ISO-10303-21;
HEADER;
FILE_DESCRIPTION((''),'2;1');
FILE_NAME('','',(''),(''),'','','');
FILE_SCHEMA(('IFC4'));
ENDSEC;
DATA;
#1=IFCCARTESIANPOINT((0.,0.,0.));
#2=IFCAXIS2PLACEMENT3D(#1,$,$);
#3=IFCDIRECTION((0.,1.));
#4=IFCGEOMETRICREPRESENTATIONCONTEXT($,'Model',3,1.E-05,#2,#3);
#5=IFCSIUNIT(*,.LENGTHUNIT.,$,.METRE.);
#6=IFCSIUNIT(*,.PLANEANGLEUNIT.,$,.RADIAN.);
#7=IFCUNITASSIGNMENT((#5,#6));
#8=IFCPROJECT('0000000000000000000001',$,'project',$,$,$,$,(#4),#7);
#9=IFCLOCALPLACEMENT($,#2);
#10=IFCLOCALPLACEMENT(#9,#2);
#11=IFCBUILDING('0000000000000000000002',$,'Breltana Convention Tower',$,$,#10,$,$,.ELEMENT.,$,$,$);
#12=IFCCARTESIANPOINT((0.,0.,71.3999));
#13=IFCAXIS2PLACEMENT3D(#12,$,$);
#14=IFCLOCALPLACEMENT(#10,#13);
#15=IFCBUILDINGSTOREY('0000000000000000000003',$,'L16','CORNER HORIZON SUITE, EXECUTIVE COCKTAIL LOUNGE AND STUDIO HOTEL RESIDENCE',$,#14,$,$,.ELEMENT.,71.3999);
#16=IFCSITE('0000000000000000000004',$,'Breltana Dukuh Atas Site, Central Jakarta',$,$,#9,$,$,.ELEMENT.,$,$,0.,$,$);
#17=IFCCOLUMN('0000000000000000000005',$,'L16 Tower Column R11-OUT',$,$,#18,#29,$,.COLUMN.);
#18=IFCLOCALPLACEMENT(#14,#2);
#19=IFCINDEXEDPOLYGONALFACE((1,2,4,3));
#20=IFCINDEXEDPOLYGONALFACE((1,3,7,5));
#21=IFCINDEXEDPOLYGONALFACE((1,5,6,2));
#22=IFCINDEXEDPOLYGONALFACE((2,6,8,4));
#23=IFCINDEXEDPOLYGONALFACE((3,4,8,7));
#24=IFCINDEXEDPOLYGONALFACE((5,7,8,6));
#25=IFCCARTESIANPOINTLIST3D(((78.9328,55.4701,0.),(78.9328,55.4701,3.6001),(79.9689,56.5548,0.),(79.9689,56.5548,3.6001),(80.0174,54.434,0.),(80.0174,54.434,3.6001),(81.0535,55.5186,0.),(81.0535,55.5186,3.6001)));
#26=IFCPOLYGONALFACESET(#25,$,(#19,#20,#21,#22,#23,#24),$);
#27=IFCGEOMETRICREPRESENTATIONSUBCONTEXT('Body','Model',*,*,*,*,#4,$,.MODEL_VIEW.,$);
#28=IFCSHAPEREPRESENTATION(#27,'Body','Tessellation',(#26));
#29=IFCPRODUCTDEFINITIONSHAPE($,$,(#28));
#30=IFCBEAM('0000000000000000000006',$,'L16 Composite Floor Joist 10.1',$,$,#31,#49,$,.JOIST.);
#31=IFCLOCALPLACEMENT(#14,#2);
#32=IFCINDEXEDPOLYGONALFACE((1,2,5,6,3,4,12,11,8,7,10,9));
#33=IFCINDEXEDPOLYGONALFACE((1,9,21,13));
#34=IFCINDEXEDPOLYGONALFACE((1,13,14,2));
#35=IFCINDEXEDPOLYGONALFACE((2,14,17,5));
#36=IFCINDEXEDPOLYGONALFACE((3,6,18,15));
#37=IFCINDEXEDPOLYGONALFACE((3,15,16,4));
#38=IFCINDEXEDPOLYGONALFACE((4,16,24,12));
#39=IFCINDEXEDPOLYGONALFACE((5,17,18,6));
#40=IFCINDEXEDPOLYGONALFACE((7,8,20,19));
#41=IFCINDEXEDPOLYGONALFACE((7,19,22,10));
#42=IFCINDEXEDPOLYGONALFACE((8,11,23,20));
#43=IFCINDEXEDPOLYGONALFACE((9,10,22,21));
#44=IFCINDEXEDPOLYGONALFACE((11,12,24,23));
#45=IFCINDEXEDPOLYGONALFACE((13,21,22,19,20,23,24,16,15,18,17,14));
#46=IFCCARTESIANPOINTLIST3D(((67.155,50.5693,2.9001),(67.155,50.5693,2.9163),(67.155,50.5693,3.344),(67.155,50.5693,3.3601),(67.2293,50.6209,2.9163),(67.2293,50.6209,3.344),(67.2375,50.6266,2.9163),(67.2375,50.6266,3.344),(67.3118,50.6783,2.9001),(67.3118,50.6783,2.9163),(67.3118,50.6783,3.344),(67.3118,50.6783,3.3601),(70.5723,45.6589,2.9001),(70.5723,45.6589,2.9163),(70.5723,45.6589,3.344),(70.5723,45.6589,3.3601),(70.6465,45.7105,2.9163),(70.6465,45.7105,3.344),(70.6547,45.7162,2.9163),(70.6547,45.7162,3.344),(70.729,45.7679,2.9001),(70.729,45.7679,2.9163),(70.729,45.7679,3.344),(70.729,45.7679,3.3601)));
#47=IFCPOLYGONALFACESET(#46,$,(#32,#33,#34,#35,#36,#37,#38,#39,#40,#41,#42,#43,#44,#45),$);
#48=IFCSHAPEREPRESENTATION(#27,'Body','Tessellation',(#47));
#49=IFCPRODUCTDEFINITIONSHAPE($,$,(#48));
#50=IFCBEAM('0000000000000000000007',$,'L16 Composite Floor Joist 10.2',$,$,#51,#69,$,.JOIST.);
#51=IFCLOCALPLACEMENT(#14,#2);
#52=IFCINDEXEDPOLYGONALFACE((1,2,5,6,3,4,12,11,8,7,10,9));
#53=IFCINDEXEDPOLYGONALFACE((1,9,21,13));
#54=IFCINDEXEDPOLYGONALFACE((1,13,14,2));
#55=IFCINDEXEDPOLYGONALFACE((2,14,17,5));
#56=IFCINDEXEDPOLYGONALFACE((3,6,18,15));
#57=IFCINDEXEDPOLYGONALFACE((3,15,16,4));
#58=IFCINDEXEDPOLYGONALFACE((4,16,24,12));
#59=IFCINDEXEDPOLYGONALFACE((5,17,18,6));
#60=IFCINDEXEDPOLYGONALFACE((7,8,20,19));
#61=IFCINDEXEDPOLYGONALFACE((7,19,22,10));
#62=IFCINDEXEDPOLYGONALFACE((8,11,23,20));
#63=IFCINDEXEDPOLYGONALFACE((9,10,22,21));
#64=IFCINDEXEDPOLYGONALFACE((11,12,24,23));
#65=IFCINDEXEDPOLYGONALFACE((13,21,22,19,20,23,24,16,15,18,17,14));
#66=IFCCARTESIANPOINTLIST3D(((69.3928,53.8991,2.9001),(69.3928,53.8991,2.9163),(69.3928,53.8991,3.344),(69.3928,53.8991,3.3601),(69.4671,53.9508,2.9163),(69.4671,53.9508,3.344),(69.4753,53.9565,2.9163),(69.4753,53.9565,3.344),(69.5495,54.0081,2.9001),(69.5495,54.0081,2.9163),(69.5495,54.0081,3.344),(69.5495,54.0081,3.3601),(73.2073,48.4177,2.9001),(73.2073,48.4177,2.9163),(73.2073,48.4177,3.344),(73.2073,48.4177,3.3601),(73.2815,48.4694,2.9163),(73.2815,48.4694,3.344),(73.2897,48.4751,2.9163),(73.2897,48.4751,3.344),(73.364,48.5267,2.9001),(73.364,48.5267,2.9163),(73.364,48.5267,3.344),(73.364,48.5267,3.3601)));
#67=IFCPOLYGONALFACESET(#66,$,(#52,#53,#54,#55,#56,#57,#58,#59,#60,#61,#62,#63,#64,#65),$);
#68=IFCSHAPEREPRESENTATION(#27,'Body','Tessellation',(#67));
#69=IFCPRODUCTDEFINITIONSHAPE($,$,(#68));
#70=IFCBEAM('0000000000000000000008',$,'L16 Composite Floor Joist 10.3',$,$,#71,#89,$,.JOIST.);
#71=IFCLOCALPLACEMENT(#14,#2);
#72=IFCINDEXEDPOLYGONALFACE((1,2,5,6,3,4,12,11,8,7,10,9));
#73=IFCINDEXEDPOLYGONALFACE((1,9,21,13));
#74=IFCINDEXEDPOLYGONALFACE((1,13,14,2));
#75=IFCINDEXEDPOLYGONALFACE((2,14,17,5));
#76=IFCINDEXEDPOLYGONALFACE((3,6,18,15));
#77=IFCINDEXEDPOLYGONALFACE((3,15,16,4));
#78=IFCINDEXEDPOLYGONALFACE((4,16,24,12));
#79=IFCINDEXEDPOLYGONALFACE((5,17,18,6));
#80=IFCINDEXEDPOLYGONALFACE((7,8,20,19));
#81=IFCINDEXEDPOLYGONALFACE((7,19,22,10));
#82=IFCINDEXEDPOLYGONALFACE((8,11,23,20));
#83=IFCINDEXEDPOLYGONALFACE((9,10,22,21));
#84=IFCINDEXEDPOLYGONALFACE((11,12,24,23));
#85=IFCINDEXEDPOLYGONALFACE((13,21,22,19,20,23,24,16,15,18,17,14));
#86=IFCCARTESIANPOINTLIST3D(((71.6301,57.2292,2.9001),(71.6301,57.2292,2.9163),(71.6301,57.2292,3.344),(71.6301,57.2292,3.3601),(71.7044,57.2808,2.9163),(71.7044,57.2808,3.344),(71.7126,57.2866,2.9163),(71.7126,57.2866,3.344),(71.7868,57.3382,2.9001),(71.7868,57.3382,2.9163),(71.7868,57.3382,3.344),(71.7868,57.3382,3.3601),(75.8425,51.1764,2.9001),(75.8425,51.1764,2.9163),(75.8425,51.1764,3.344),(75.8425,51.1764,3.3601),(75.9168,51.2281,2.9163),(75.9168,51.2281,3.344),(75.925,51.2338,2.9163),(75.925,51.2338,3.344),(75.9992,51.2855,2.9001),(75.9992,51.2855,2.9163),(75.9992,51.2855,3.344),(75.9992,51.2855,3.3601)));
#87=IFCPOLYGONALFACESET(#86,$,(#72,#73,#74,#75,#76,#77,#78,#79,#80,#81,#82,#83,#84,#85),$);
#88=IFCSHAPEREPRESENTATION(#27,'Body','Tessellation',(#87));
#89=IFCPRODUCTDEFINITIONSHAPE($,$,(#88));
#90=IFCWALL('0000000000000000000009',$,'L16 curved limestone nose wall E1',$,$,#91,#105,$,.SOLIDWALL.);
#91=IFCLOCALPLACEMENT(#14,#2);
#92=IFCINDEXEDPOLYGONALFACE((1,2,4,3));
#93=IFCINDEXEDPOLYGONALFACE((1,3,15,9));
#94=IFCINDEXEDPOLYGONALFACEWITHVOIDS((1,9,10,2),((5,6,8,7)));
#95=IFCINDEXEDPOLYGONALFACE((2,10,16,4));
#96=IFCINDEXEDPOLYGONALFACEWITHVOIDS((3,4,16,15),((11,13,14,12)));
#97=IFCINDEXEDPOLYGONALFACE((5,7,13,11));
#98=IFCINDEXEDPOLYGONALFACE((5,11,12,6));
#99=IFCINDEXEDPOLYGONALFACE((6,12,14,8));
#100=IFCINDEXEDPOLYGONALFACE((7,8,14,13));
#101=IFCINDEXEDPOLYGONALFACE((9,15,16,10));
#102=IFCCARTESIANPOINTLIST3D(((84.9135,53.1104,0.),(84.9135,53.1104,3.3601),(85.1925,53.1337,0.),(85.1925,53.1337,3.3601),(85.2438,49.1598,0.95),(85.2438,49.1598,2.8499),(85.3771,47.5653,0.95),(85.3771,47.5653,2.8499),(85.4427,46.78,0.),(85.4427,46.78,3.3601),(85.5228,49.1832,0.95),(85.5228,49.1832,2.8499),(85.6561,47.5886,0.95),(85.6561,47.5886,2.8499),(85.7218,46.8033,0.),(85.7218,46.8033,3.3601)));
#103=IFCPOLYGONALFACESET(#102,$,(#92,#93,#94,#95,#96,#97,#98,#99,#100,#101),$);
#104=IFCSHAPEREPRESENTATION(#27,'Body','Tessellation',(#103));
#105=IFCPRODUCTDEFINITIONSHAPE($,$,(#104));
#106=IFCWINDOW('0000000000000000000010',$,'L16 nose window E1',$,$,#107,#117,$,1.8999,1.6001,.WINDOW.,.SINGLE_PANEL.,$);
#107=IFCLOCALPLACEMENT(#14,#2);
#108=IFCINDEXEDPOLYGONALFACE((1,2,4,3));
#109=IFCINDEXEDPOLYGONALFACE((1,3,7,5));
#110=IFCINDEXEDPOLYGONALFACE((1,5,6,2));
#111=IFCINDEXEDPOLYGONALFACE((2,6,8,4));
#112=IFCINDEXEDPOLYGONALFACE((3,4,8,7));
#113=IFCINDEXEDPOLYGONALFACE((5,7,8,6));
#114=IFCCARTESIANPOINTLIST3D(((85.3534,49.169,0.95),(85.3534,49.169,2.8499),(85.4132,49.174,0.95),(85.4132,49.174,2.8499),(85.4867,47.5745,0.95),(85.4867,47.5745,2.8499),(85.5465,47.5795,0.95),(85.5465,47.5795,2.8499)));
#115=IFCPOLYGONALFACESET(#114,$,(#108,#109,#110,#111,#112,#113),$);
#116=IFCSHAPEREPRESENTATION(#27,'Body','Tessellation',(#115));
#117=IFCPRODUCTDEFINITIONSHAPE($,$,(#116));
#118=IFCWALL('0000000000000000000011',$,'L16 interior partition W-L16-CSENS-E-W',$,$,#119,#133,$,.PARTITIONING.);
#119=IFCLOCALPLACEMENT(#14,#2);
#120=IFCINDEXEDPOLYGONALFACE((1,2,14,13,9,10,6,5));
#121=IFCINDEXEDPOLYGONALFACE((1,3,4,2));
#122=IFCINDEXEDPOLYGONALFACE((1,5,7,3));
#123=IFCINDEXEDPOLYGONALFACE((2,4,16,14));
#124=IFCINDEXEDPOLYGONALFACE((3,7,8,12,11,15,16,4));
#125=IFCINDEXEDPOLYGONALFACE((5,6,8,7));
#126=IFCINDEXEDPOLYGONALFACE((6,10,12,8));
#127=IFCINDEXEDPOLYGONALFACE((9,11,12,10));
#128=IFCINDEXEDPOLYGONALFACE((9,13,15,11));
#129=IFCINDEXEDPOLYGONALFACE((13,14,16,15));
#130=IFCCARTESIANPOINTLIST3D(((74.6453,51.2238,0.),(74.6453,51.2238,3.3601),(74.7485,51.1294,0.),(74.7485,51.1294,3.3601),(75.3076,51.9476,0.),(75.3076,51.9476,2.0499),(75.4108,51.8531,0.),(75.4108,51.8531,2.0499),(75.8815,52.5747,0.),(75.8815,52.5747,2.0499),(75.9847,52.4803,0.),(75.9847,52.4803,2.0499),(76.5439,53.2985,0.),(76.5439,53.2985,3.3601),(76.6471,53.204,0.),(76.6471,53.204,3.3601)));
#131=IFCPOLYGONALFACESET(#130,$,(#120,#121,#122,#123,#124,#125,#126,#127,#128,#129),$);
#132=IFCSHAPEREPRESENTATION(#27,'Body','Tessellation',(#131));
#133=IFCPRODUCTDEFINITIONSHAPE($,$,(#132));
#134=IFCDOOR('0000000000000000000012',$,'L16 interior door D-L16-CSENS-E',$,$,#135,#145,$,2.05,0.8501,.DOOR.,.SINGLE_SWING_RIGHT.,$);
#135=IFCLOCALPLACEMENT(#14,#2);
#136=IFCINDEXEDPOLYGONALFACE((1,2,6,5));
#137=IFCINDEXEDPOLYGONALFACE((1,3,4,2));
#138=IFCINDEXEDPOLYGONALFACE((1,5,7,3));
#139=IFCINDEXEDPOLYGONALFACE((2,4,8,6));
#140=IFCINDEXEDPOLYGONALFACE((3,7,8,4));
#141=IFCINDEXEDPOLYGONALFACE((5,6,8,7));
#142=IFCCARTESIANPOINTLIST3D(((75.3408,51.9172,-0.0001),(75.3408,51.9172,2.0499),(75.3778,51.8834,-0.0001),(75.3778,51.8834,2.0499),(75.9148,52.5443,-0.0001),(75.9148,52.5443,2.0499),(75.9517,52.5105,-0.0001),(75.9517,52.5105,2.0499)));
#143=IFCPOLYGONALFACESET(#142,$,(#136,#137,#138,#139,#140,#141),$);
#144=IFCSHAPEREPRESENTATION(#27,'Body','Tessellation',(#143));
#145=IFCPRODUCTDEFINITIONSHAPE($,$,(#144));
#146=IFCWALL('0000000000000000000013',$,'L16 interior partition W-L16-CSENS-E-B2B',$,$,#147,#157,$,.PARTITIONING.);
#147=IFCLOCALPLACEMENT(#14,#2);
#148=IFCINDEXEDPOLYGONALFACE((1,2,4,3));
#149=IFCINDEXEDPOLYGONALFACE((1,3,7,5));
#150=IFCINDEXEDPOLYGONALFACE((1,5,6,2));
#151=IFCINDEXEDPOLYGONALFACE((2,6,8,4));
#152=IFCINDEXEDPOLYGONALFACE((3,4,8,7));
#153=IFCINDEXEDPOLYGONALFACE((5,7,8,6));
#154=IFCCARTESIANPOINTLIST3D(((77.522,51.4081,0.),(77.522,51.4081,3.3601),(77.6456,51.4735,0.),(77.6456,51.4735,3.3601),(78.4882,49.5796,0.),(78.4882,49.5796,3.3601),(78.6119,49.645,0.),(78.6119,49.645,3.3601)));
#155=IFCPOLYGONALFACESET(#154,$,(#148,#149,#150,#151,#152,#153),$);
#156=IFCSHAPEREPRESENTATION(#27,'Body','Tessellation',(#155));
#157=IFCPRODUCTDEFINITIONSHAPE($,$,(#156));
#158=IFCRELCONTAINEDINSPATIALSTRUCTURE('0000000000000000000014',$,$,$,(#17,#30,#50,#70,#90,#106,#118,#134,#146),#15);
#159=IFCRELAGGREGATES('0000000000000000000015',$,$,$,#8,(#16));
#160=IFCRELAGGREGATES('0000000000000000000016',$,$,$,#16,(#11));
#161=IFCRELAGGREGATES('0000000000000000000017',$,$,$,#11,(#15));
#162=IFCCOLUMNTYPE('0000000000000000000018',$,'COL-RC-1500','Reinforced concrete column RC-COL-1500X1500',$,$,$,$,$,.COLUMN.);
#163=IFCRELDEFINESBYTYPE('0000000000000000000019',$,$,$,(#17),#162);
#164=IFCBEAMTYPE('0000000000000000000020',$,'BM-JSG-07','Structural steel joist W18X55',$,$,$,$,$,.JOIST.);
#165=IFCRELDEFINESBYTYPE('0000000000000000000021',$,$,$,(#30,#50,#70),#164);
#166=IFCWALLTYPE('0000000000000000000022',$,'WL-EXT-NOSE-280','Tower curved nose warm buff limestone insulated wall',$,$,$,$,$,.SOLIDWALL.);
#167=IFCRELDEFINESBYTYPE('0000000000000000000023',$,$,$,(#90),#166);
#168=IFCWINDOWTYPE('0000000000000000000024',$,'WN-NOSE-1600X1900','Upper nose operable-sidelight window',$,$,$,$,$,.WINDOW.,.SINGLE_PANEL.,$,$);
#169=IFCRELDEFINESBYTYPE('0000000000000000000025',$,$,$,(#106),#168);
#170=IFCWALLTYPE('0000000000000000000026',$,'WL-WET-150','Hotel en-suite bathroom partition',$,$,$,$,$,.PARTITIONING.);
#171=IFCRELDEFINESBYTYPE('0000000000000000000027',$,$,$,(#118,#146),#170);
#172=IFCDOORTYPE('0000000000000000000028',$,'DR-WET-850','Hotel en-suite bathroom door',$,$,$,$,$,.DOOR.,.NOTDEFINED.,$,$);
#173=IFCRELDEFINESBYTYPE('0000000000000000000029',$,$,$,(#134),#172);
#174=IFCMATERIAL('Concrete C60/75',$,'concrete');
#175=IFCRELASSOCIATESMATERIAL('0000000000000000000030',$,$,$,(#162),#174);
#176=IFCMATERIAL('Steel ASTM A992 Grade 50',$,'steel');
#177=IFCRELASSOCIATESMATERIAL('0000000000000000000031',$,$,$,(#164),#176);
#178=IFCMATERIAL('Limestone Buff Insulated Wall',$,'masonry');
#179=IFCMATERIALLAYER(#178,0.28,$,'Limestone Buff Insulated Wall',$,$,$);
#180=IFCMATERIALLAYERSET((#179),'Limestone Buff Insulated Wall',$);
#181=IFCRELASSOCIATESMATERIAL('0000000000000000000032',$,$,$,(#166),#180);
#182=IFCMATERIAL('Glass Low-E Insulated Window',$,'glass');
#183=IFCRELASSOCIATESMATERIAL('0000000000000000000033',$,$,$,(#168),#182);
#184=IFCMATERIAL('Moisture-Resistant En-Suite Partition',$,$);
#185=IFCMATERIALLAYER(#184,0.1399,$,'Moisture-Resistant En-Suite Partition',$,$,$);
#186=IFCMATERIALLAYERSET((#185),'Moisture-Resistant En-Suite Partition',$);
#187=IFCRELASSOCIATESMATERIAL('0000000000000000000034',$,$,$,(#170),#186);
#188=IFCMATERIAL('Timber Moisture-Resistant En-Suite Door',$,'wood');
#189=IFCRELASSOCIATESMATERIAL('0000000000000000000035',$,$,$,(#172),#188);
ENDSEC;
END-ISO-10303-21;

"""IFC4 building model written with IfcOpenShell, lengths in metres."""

from ifc_helpers import new_model, si_unit, direction, frame, frame_2d, origin, origin_2d, place, context, subcontext, project, spatial, rectangle, i_section, extrude, source, transform, mapped, material, layer, layer_set, material_profile, profile_set, type_object, type_shapes, element, fill, save


model = new_model("IFC4")

# Units and contexts
model_context = context("Model", 3, precision=1e-05, world=origin(), true_north=direction((0.0, 1.0)))
body_context = subcontext(model_context, "Body", "Model", "MODEL_VIEW")
ifc_project = project(units=[si_unit("LENGTHUNIT", "METRE"), si_unit("PLANEANGLEUNIT", "RADIAN")], contexts=[model_context])

# Site, building, storey
site_placement = place(None, origin())
site = spatial("IfcSite", under=ifc_project, at=site_placement, Name="Breltana Dukuh Atas Site, Central Jakarta", CompositionType="ELEMENT", RefElevation=0.0)
building_placement = place(site_placement, origin())
building = spatial("IfcBuilding", under=site, at=building_placement, Name="Breltana Convention Tower", CompositionType="ELEMENT")
storey_placement = place(building_placement, frame((0.0, 0.0, 71.3999)))
storey = spatial("IfcBuildingStorey", under=building, at=storey_placement, Name="L16", Description="CORNER HORIZON SUITE, EXECUTIVE COCKTAIL LOUNGE AND STUDIO HOTEL RESIDENCE", CompositionType="ELEMENT", Elevation=71.3999)

# Column
ifc_material_1 = material(Name="Concrete C60/75", Category="concrete")
ifc_material_profile_1 = material_profile(ifc_material_1, rectangle(XDim=1.5, YDim=1.5, at=origin_2d()), Name="RC-COL-1500X1500")
ifc_profile_set_1 = profile_set([ifc_material_profile_1], Name="Concrete C60/75")
column_type = type_object("IfcColumnType", Name="COL-RC-1500", Description="Reinforced concrete column RC-COL-1500X1500", PredefinedType="COLUMN", material=ifc_profile_set_1)
shared_shape_1 = source(origin(), body_context, "Body", "SweptSolid", [
    extrude(rectangle(XDim=1.5, YDim=1.5, at=origin_2d()), origin(), (0.0, 0.0, 1.0), 3.6001),
])
column_placement = place(storey_placement, frame((79.9932, 55.4944, 0.0), z_axis=(0.0, 0.0, 1.0), x_axis=(0.690756, 0.723088, 0.0)))
element("IfcColumn", 1, at=column_placement, inside=storey, type_object=column_type, Name="L16 Tower Column R11-OUT", PredefinedType="COLUMN", context=body_context, shape_type="MappedRepresentation", body=[
    mapped(shared_shape_1, transform((0.0, 0.0, 0.0), scale=1.0)),
])

# Beams
ifc_material_2 = material(Name="Steel ASTM A992 Grade 50", Category="steel")
ifc_material_profile_2 = material_profile(ifc_material_2, i_section(OverallWidth=0.1909, OverallDepth=0.46, WebThickness=0.01, FlangeThickness=0.0161, at=origin_2d()), Name="W18X55")
ifc_profile_set_2 = profile_set([ifc_material_profile_2], Name="Steel ASTM A992 Grade 50")
beam_type = type_object("IfcBeamType", Name="BM-JSG-07", Description="Structural steel joist W18X55", PredefinedType="JOIST", material=ifc_profile_set_2)
shared_shape_2 = source(origin(), body_context, "Body", "SweptSolid", [
    extrude(i_section(OverallWidth=0.1909, OverallDepth=0.46, WebThickness=0.01, FlangeThickness=0.0161, at=origin_2d()), origin(), (0.0, 0.0, 1.0), 5.9824),
])
beam_1_placement = place(storey_placement, frame((67.2334, 50.6238, 3.1301), z_axis=(0.571212, -0.820803, 0.0), x_axis=(0.820803, 0.571212, 0.0)))
element("IfcBeam", 2, at=beam_1_placement, inside=storey, type_object=beam_type, Name="L16 Composite Floor Joist 10.1", PredefinedType="JOIST", context=body_context, shape_type="MappedRepresentation", body=[
    mapped(shared_shape_2, transform((0.0, 0.0, 0.0), scale=1.0)),
])
shared_shape_3 = source(origin(), body_context, "Body", "SweptSolid", [
    extrude(i_section(OverallWidth=0.1909, OverallDepth=0.46, WebThickness=0.01, FlangeThickness=0.0161, at=origin_2d()), origin(), (0.0, 0.0, 1.0), 6.678),
])
beam_2_placement = place(storey_placement, frame((69.4712, 53.9536, 3.1301), z_axis=(0.571193, -0.820816, 0.0), x_axis=(0.820816, 0.571193, 0.0)))
element("IfcBeam", 3, at=beam_2_placement, inside=storey, type_object=beam_type, Name="L16 Composite Floor Joist 10.2", PredefinedType="JOIST", context=body_context, shape_type="MappedRepresentation", body=[
    mapped(shared_shape_3, transform((0.0, 0.0, 0.0), scale=1.0)),
])
shared_shape_4 = source(origin(), body_context, "Body", "SweptSolid", [
    extrude(i_section(OverallWidth=0.1909, OverallDepth=0.46, WebThickness=0.01, FlangeThickness=0.0161, at=origin_2d()), origin(), (0.0, 0.0, 1.0), 7.3743),
])
beam_3_placement = place(storey_placement, frame((71.7085, 57.2837, 3.1301), z_axis=(0.571229, -0.82079, 0.0), x_axis=(0.82079, 0.571229, 0.0)))
element("IfcBeam", 4, at=beam_3_placement, inside=storey, type_object=beam_type, Name="L16 Composite Floor Joist 10.3", PredefinedType="JOIST", context=body_context, shape_type="MappedRepresentation", body=[
    mapped(shared_shape_4, transform((0.0, 0.0, 0.0), scale=1.0)),
])

# Wall, opening, window
ifc_material_3 = material(Name="Limestone Buff Insulated Wall", Category="masonry")
ifc_layer_1 = layer(ifc_material_3, 0.28, Name="Limestone Buff Insulated Wall")
ifc_layer_set_1 = layer_set([ifc_layer_1], Name="Limestone Buff Insulated Wall")
wall_type_1 = type_object("IfcWallType", Name="WL-EXT-NOSE-280", Description="Tower curved nose warm buff limestone insulated wall", PredefinedType="SOLIDWALL", material=ifc_layer_set_1)
shared_shape_5 = source(origin(), body_context, "Body", "SweptSolid", [
    extrude(rectangle(XDim=6.3525, YDim=0.28, at=frame_2d((3.1763, 0.0))), origin(), (0.0, 0.0, 1.0), 3.3601),
])
wall_1_placement = place(storey_placement, frame((85.053, 53.1221, 0.0), z_axis=(0.0, 0.0, 1.0), x_axis=(0.083319, -0.996523, 0.0)))
wall_1 = element("IfcWall", 5, at=wall_1_placement, inside=storey, type_object=wall_type_1, Name="L16 curved limestone nose wall E1", PredefinedType="SOLIDWALL", context=body_context, shape_type="MappedRepresentation", body=[
    mapped(shared_shape_5, transform((0.0, 0.0, 0.0), scale=1.0)),
])
opening_1_placement = place(wall_1_placement, frame((3.9644, 0.0, 0.95)))
opening_1 = element("IfcOpeningElement", 6, at=opening_1_placement, cuts=wall_1, PredefinedType="OPENING", context=body_context, shape_type="SweptSolid", body=[
    extrude(rectangle(XDim=1.6001, YDim=1.8999, at=frame_2d((0.8, 0.95))), frame((0.0, 0.1499, 0.0), z_axis=(0.0, -1.0, 0.0), x_axis=(1.0, 0.0, 0.0)), (0.0, 0.0, 1.0), 0.3),
])
ifc_material_4 = material(Name="Glass Low-E Insulated Window", Category="glass")
window_type = type_object("IfcWindowType", Name="WN-NOSE-1600X1900", Description="Upper nose operable-sidelight window", PartitioningType="SINGLE_PANEL", PredefinedType="WINDOW", material=ifc_material_4)
shared_shape_6 = source(origin(), body_context, "Body", "SweptSolid", [
    extrude(rectangle(XDim=1.6001, YDim=1.8999, at=frame_2d((0.8, 0.95))), frame((0.0, 0.03, 0.0), z_axis=(0.0, -1.0, 0.0), x_axis=(1.0, 0.0, 0.0)), (0.0, 0.0, 1.0), 0.0601),
])
type_shapes(window_type, [shared_shape_6])
window_placement = place(opening_1_placement, origin())
window = element("IfcWindow", 7, at=window_placement, inside=storey, type_object=window_type, Name="L16 nose window E1", OverallHeight=1.8999, OverallWidth=1.6001, PartitioningType="SINGLE_PANEL", PredefinedType="WINDOW", context=body_context, shape_type="MappedRepresentation", body=[
    mapped(shared_shape_6, transform((0.0, 0.0, 0.0), scale=1.0)),
])
fill(opening_1, window)

# Wall, opening, door
ifc_material_5 = material(Name="Moisture-Resistant En-Suite Partition")
ifc_layer_2 = layer(ifc_material_5, 0.1399, Name="Moisture-Resistant En-Suite Partition")
ifc_layer_set_2 = layer_set([ifc_layer_2], Name="Moisture-Resistant En-Suite Partition")
wall_type_2 = type_object("IfcWallType", Name="WL-WET-150", Description="Hotel en-suite bathroom partition", PredefinedType="PARTITIONING", material=ifc_layer_set_2)
shared_shape_7 = source(origin(), body_context, "Body", "SweptSolid", [
    extrude(rectangle(XDim=2.8123, YDim=0.1399, at=frame_2d((1.4062, 0.0))), origin(), (0.0, 0.0, 1.0), 3.3601),
])
wall_2_placement = place(storey_placement, frame((74.6968, 51.1765, 0.0), z_axis=(0.0, 0.0, 1.0), x_axis=(0.675119, 0.737709, 0.0)))
wall_2 = element("IfcWall", 8, at=wall_2_placement, inside=storey, type_object=wall_type_2, Name="L16 interior partition W-L16-CSENS-E-W", PredefinedType="PARTITIONING", context=body_context, shape_type="MappedRepresentation", body=[
    mapped(shared_shape_7, transform((0.0, 0.0, 0.0), scale=1.0)),
])
opening_2_placement = place(wall_2_placement, frame((0.9812, 0.0, 0.0)))
opening_2 = element("IfcOpeningElement", 9, at=opening_2_placement, cuts=wall_2, PredefinedType="OPENING", context=body_context, shape_type="SweptSolid", body=[
    extrude(rectangle(XDim=0.8501, YDim=2.05, at=frame_2d((0.425, 1.0249))), frame((0.0, 0.0801, 0.0), z_axis=(0.0, -1.0, 0.0), x_axis=(1.0, 0.0, 0.0)), (0.0, 0.0, 1.0), 0.1599),
])
ifc_material_6 = material(Name="Timber Moisture-Resistant En-Suite Door", Category="wood")
door_type_1 = type_object("IfcDoorType", Name="DR-WET-850", Description="Hotel en-suite bathroom door", OperationType="NOTDEFINED", PredefinedType="DOOR", material=ifc_material_6)
shared_shape_8 = source(origin(), body_context, "Body", "SweptSolid", [
    extrude(rectangle(XDim=0.8501, YDim=2.05, at=frame_2d((0.425, 1.0249))), frame((0.0, 0.0249, 0.0), z_axis=(0.0, -1.0, 0.0), x_axis=(1.0, 0.0, 0.0)), (0.0, 0.0, 1.0), 0.05),
])
type_shapes(door_type_1, [shared_shape_8])
door_1_placement = place(opening_2_placement, origin())
door_1 = element("IfcDoor", 10, at=door_1_placement, inside=storey, type_object=door_type_1, Name="L16 interior door D-L16-CSENS-E", OperationType="SINGLE_SWING_RIGHT", OverallHeight=2.05, OverallWidth=0.8501, PredefinedType="DOOR", context=body_context, shape_type="MappedRepresentation", body=[
    mapped(shared_shape_8, transform((0.0, 0.0, 0.0), scale=1.0)),
])
fill(opening_2, door_1)

# Wall
shared_shape_9 = source(origin(), body_context, "Body", "SweptSolid", [
    extrude(rectangle(XDim=2.0681, YDim=0.1399, at=frame_2d((1.0342, 0.0))), origin(), (0.0, 0.0, 1.0), 3.3601),
])
wall_3_placement = place(storey_placement, frame((77.5837, 51.4409, 0.0), z_axis=(0.0, 0.0, 1.0), x_axis=(0.467215, -0.884144, 0.0)))
element("IfcWall", 11, at=wall_3_placement, inside=storey, type_object=wall_type_2, Name="L16 interior partition W-L16-CSENS-E-B2B", PredefinedType="PARTITIONING", context=body_context, shape_type="MappedRepresentation", body=[
    mapped(shared_shape_9, transform((0.0, 0.0, 0.0), scale=1.0)),
])

save(model, "model.ifc")
